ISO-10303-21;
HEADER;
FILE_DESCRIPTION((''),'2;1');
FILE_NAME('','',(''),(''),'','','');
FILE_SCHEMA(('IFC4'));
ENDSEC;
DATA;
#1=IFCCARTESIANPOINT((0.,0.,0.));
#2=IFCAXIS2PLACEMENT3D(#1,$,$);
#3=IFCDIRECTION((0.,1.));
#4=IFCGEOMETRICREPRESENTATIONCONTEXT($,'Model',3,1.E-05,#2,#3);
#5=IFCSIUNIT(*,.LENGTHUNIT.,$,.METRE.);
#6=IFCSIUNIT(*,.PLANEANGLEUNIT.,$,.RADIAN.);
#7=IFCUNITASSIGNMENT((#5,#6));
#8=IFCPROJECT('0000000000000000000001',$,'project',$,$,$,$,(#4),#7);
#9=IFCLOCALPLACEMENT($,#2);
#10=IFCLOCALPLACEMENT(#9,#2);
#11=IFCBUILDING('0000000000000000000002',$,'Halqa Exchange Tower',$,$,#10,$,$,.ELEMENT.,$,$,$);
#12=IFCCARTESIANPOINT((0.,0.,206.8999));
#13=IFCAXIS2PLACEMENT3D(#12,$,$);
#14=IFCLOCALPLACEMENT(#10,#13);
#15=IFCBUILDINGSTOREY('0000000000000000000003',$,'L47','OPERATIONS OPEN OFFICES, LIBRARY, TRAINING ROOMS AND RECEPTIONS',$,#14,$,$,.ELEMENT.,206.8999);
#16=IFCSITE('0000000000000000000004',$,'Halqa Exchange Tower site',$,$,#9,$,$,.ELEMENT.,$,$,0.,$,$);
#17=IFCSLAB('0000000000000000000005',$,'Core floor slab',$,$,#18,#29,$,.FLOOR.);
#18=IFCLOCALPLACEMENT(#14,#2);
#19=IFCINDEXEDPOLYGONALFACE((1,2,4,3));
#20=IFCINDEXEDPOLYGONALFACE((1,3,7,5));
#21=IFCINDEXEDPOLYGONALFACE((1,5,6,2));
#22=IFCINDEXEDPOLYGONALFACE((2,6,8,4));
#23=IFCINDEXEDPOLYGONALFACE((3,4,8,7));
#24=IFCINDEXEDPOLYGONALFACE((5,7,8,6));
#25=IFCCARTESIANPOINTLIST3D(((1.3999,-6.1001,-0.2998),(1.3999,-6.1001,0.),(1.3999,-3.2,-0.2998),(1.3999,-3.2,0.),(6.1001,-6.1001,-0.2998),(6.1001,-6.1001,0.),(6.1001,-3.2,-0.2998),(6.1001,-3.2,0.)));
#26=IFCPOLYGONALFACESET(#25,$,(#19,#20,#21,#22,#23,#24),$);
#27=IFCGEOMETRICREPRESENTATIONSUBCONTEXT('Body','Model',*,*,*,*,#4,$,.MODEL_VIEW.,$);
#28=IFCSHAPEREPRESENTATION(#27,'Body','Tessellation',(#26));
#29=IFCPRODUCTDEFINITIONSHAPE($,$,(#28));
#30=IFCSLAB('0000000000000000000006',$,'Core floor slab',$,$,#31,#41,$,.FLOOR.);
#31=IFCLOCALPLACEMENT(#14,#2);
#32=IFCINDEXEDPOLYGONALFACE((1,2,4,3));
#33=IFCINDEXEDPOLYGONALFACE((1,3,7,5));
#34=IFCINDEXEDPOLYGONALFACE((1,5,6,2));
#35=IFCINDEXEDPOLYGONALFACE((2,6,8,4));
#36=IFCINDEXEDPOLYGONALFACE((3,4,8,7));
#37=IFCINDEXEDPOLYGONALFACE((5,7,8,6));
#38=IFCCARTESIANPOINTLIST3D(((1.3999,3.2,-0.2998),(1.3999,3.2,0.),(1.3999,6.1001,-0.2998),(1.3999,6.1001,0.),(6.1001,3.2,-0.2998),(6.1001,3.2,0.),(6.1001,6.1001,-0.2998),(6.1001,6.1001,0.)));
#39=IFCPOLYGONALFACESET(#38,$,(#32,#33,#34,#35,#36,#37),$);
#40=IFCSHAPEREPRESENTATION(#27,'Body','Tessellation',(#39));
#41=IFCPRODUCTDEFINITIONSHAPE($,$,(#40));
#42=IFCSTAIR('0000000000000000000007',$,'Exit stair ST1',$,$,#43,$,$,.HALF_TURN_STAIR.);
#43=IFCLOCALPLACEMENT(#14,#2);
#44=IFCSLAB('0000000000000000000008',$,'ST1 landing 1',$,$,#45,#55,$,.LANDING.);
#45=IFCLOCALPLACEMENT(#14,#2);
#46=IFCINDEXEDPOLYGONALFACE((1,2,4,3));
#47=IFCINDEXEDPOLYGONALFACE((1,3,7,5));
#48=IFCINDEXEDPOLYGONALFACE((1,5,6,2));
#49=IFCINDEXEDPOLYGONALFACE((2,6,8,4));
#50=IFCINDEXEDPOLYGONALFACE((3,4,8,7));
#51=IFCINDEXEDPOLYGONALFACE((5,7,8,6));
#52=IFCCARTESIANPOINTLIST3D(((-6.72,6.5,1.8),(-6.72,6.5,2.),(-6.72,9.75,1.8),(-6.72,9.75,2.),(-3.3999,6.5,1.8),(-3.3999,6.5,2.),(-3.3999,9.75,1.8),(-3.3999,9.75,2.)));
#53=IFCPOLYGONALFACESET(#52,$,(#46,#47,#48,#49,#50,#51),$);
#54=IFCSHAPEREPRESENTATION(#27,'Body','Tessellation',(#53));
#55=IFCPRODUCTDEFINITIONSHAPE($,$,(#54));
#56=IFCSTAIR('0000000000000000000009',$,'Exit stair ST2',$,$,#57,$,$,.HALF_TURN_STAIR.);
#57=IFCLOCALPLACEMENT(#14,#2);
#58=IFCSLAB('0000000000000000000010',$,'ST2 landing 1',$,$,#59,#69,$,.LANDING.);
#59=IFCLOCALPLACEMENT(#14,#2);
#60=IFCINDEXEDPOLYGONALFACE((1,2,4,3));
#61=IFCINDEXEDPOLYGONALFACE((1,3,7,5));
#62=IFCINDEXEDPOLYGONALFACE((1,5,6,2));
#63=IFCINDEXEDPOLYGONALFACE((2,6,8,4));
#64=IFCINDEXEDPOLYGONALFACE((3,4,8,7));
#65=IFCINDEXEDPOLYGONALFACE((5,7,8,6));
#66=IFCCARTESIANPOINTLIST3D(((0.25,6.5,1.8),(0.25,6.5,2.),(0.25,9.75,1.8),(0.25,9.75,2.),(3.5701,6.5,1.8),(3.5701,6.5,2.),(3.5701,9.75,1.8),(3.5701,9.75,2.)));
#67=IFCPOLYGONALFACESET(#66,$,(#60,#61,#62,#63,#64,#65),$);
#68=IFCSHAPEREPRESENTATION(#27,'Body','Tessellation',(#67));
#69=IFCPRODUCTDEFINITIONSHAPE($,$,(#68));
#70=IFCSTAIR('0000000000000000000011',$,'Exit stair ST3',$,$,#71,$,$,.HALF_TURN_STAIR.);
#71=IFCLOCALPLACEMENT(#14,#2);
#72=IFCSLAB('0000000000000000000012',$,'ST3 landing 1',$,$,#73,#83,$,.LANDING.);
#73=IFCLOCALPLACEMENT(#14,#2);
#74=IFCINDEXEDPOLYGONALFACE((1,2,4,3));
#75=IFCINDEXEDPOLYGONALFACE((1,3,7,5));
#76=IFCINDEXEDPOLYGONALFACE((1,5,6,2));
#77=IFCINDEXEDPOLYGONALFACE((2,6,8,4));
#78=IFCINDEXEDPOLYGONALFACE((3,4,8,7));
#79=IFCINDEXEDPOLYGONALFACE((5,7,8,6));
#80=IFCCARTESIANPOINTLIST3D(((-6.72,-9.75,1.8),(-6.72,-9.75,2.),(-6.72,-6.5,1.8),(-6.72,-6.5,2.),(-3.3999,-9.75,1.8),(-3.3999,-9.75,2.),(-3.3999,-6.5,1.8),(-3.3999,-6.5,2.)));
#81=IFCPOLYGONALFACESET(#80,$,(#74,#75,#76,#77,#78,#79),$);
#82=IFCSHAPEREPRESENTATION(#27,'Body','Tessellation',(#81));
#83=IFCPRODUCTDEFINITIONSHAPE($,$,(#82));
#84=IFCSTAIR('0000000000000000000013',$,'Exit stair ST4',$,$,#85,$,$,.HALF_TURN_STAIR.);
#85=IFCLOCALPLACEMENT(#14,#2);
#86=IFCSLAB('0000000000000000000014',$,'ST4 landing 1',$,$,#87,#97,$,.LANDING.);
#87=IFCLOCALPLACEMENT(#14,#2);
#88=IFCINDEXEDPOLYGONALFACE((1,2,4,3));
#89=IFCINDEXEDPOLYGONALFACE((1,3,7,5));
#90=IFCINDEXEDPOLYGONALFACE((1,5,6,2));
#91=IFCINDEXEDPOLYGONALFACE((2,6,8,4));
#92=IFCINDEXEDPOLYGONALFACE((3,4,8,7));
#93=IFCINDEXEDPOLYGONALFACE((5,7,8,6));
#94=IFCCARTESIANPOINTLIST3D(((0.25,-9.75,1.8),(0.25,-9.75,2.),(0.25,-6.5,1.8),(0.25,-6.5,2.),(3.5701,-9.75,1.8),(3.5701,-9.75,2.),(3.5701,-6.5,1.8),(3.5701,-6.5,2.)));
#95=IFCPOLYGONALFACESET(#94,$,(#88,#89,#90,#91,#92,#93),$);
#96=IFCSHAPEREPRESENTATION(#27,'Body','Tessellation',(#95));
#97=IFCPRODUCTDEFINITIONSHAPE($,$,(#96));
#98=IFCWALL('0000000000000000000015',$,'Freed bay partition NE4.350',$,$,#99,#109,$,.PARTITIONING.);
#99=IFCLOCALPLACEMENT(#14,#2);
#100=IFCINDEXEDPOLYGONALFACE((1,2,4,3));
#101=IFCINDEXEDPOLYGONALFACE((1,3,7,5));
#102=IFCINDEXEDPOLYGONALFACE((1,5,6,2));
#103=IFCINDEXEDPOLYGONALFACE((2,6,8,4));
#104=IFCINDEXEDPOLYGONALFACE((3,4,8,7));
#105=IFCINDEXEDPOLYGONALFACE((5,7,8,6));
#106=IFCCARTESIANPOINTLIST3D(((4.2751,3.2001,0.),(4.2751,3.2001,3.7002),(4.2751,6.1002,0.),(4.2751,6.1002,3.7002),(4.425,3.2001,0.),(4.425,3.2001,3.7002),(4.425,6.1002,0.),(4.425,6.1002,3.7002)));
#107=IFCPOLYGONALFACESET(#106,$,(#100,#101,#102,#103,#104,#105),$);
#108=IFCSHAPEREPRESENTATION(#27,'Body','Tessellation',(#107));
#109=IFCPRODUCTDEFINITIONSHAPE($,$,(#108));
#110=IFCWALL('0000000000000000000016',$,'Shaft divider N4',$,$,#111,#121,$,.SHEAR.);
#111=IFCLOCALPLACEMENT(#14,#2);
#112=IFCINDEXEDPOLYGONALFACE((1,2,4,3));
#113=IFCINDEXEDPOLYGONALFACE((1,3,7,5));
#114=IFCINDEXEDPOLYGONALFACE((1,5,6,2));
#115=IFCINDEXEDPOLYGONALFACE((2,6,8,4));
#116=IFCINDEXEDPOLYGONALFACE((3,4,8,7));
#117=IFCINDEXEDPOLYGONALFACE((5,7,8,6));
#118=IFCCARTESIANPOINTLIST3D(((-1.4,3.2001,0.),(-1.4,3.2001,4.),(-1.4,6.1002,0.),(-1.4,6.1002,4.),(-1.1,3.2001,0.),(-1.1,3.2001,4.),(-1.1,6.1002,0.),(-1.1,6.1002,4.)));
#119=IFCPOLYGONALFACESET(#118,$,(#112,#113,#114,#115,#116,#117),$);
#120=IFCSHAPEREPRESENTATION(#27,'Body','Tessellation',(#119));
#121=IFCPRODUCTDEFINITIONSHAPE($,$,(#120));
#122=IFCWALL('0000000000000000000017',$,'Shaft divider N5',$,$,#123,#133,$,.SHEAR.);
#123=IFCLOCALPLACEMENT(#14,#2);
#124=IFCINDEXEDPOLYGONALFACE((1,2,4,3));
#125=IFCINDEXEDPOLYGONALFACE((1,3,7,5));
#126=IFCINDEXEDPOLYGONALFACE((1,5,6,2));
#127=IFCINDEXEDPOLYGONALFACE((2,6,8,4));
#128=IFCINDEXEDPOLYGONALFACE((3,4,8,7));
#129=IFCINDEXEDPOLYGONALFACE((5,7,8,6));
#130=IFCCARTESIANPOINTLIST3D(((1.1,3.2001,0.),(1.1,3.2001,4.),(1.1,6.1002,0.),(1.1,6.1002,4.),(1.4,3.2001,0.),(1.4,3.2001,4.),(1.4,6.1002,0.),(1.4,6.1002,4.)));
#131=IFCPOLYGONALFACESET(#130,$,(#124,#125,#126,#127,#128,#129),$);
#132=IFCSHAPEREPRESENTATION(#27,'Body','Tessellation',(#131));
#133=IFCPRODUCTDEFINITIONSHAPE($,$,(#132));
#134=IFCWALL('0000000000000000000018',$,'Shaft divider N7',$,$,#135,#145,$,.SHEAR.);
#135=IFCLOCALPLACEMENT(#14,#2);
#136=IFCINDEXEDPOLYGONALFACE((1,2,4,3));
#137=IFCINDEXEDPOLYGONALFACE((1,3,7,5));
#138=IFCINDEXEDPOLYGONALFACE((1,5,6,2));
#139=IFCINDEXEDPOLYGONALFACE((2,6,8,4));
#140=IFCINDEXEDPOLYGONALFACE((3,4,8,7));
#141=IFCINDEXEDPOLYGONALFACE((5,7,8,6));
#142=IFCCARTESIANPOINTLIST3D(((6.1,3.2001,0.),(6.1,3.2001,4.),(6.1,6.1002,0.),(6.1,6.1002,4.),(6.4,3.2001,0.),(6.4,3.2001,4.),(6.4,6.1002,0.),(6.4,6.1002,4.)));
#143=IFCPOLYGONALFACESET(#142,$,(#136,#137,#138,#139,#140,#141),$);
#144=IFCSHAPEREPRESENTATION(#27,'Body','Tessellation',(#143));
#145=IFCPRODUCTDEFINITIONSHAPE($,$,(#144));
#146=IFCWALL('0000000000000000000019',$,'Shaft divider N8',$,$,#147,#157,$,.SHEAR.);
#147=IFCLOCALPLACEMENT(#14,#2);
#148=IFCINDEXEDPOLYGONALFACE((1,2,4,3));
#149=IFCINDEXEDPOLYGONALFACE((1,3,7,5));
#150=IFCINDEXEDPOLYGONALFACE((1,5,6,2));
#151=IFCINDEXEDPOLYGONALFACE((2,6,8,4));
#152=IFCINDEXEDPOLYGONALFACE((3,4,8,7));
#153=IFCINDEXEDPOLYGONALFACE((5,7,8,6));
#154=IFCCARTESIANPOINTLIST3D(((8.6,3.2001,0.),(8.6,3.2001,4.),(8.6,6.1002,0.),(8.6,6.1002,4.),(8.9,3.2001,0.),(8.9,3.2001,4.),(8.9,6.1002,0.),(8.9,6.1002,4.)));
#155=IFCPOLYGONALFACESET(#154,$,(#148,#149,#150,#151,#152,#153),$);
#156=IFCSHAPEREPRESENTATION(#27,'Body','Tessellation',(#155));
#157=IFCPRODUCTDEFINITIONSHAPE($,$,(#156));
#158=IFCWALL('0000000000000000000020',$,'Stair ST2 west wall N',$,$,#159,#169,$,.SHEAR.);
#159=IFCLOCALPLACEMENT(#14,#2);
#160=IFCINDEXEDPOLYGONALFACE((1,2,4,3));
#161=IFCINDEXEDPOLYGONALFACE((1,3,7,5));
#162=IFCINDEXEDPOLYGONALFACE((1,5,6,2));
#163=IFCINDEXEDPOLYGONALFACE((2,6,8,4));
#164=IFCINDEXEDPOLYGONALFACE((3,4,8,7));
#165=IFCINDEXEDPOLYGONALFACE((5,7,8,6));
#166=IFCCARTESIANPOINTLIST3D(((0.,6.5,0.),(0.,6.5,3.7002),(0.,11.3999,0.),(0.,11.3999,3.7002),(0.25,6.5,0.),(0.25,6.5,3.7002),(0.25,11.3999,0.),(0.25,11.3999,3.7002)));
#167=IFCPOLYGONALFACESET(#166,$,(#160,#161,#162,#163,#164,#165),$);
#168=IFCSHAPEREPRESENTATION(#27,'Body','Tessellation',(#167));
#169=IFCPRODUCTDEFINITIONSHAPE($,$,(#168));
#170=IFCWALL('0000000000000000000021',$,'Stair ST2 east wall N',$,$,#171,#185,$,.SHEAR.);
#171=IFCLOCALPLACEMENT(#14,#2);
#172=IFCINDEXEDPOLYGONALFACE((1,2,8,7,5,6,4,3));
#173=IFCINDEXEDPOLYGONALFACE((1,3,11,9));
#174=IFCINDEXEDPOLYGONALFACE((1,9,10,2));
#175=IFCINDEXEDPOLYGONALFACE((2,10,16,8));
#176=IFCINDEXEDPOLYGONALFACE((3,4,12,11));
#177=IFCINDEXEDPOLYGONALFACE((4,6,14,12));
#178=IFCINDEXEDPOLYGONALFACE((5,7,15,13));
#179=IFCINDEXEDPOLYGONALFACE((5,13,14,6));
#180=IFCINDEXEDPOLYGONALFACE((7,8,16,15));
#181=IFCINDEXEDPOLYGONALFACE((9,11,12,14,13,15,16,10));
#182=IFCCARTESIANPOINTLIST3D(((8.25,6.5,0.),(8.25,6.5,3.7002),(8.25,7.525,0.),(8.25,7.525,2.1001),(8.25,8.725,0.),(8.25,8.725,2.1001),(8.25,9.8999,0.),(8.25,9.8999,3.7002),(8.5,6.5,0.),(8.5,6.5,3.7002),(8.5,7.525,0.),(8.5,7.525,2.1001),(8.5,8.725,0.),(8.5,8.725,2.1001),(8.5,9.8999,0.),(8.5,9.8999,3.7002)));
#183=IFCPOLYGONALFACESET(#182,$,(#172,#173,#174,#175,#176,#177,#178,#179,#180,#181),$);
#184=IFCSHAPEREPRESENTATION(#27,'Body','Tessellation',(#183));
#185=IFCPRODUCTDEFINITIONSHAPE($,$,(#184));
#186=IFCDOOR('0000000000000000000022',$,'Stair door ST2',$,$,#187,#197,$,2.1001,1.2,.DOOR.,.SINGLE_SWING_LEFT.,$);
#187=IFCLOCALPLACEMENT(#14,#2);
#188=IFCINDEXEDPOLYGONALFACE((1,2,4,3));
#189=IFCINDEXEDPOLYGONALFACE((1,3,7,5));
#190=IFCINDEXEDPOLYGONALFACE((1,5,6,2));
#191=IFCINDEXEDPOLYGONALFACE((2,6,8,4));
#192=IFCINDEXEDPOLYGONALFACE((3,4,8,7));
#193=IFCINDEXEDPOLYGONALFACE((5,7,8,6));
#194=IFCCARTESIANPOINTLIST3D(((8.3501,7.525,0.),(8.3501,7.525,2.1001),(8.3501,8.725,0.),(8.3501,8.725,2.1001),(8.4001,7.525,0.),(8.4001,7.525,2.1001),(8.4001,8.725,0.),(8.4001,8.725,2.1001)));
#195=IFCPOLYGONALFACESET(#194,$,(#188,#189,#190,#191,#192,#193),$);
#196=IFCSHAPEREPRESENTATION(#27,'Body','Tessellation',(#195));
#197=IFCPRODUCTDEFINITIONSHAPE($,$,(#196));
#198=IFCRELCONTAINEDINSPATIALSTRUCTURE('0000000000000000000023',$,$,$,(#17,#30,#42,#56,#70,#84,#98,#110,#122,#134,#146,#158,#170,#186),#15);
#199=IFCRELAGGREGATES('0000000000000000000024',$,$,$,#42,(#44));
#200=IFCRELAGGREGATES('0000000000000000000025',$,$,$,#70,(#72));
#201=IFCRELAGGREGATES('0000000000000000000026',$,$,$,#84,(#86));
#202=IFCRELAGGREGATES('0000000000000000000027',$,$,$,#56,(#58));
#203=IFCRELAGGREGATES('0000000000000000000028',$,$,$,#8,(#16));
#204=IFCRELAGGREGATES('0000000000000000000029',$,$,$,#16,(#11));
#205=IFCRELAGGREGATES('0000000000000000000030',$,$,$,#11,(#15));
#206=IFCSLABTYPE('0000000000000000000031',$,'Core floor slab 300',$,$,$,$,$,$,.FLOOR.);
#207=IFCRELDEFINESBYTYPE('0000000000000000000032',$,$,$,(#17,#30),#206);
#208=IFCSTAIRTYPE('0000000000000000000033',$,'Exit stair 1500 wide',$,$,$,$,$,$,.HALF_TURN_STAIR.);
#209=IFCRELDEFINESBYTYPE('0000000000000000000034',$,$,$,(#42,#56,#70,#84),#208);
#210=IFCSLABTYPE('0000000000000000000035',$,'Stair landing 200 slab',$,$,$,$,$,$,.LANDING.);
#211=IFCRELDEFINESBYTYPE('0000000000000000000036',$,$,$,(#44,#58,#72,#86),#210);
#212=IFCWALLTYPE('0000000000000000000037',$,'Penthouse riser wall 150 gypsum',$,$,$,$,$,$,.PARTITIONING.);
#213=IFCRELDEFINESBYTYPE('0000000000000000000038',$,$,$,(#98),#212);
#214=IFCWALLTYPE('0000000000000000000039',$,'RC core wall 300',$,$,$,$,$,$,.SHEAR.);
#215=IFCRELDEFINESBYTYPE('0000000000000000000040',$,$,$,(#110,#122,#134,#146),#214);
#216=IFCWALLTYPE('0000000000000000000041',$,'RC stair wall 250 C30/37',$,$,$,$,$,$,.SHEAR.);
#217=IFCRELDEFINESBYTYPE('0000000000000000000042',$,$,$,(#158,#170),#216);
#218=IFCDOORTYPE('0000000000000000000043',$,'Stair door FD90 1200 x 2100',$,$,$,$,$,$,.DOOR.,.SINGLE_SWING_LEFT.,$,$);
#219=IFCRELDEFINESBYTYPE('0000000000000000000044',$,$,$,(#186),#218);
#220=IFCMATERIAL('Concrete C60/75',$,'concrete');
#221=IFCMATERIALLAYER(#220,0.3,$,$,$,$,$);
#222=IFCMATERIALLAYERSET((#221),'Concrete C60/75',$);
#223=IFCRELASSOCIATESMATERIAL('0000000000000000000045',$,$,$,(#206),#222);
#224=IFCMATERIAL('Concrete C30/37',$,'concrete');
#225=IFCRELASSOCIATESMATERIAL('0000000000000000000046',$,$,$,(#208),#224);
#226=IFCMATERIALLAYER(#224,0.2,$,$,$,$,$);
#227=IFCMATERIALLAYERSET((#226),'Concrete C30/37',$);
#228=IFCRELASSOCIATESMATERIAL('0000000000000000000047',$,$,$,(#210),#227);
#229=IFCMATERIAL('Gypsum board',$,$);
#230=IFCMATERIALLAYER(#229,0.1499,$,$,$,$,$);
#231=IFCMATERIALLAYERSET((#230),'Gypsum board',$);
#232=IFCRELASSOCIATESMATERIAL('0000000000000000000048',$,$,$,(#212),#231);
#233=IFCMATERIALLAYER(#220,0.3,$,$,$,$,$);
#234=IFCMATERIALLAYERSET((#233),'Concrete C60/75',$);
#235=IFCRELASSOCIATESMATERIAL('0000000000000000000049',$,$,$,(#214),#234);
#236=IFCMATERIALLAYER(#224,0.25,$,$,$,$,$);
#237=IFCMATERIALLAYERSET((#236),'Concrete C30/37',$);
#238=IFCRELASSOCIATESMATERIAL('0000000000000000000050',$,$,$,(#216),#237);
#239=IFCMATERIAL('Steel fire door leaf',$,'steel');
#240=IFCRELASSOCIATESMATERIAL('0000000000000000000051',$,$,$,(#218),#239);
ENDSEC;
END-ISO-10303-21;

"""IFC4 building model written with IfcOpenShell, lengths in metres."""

from ifc_helpers import new_model, si_unit, direction, frame, frame_2d, origin, place, context, subcontext, project, spatial, polyline, rectangle, outline, extrude, material, layer, layer_set, type_object, element, fill, aggregate, save


model = new_model("IFC4")

# Units and contexts
model_context = context("Model", 3, precision=1e-05, world=origin(), true_north=direction((0.0, 1.0)))
body_context = subcontext(model_context, "Body", "Model", "MODEL_VIEW")
ifc_project = project(units=[si_unit("LENGTHUNIT", "METRE"), si_unit("PLANEANGLEUNIT", "RADIAN")], contexts=[model_context])

# Site, building, storey
site_placement = place(None, origin())
site = spatial("IfcSite", under=ifc_project, at=site_placement, Name="Halqa Exchange Tower site", CompositionType="ELEMENT", RefElevation=0.0)
building_placement = place(site_placement, origin())
building = spatial("IfcBuilding", under=site, at=building_placement, Name="Halqa Exchange Tower", CompositionType="ELEMENT")
storey_placement = place(building_placement, frame((0.0, 0.0, 206.8999)))
storey = spatial("IfcBuildingStorey", under=building, at=storey_placement, Name="L47", Description="OPERATIONS OPEN OFFICES, LIBRARY, TRAINING ROOMS AND RECEPTIONS", CompositionType="ELEMENT", Elevation=206.8999)

# Slabs
ifc_material_1 = material(Name="Concrete C60/75", Category="concrete")
ifc_layer_1 = layer(ifc_material_1, 0.3)
ifc_layer_set_1 = layer_set([ifc_layer_1], Name="Concrete C60/75")
slab_type_1 = type_object("IfcSlabType", Name="Core floor slab 300", PredefinedType="FLOOR", material=ifc_layer_set_1)
slab_1_placement = place(storey_placement, frame((0.0, 0.0, -0.2998)))
element("IfcSlab", 1, at=slab_1_placement, inside=storey, type_object=slab_type_1, Name="Core floor slab", PredefinedType="FLOOR", context=body_context, shape_type="SweptSolid", body=[
    extrude(outline(polyline([(6.1001, -3.2), (6.1001, -6.1001), (1.3999, -6.1001), (1.3999, -3.2), (6.1001, -3.2)])), origin(), (0.0, 0.0, 1.0), 0.2998),
])
slab_2_placement = place(storey_placement, frame((0.0, 0.0, -0.2998)))
element("IfcSlab", 2, at=slab_2_placement, inside=storey, type_object=slab_type_1, Name="Core floor slab", PredefinedType="FLOOR", context=body_context, shape_type="SweptSolid", body=[
    extrude(outline(polyline([(6.1001, 6.1001), (6.1001, 3.2), (1.3999, 3.2), (1.3999, 6.1001), (6.1001, 6.1001)])), origin(), (0.0, 0.0, 1.0), 0.2998),
])

# Stairs, slabs
ifc_material_2 = material(Name="Concrete C30/37", Category="concrete")
stair_type = type_object("IfcStairType", Name="Exit stair 1500 wide", PredefinedType="HALF_TURN_STAIR", material=ifc_material_2)
stair_1_placement = place(storey_placement, origin())
stair_1 = element("IfcStair", 3, at=stair_1_placement, inside=storey, type_object=stair_type, Name="Exit stair ST1", PredefinedType="HALF_TURN_STAIR")
ifc_layer_2 = layer(ifc_material_2, 0.2)
ifc_layer_set_2 = layer_set([ifc_layer_2], Name="Concrete C30/37")
slab_type_2 = type_object("IfcSlabType", Name="Stair landing 200 slab", PredefinedType="LANDING", material=ifc_layer_set_2)
slab_3_placement = place(storey_placement, frame((0.0, 0.0, 1.8)))
slab_3 = element("IfcSlab", 4, at=slab_3_placement, type_object=slab_type_2, Name="ST1 landing 1", PredefinedType="LANDING", context=body_context, shape_type="SweptSolid", body=[
    extrude(outline(polyline([(-6.72, 6.5), (-3.3999, 6.5), (-3.3999, 9.75), (-6.72, 9.75), (-6.72, 6.5)])), origin(), (0.0, 0.0, 1.0), 0.2),
])
aggregate(stair_1, [slab_3])
stair_2_placement = place(storey_placement, origin())
stair_2 = element("IfcStair", 5, at=stair_2_placement, inside=storey, type_object=stair_type, Name="Exit stair ST2", PredefinedType="HALF_TURN_STAIR")
slab_4_placement = place(storey_placement, frame((0.0, 0.0, 1.8)))
slab_4 = element("IfcSlab", 6, at=slab_4_placement, type_object=slab_type_2, Name="ST2 landing 1", PredefinedType="LANDING", context=body_context, shape_type="SweptSolid", body=[
    extrude(outline(polyline([(0.25, 6.5), (3.5701, 6.5), (3.5701, 9.75), (0.25, 9.75), (0.25, 6.5)])), origin(), (0.0, 0.0, 1.0), 0.2),
])
stair_3_placement = place(storey_placement, origin())
stair_3 = element("IfcStair", 7, at=stair_3_placement, inside=storey, type_object=stair_type, Name="Exit stair ST3", PredefinedType="HALF_TURN_STAIR")
slab_5_placement = place(storey_placement, frame((0.0, 0.0, 1.8)))
slab_5 = element("IfcSlab", 8, at=slab_5_placement, type_object=slab_type_2, Name="ST3 landing 1", PredefinedType="LANDING", context=body_context, shape_type="SweptSolid", body=[
    extrude(outline(polyline([(-6.72, -9.75), (-3.3999, -9.75), (-3.3999, -6.5), (-6.72, -6.5), (-6.72, -9.75)])), origin(), (0.0, 0.0, 1.0), 0.2),
])
aggregate(stair_3, [slab_5])
stair_4_placement = place(storey_placement, origin())
stair_4 = element("IfcStair", 9, at=stair_4_placement, inside=storey, type_object=stair_type, Name="Exit stair ST4", PredefinedType="HALF_TURN_STAIR")
slab_6_placement = place(storey_placement, frame((0.0, 0.0, 1.8)))
slab_6 = element("IfcSlab", 10, at=slab_6_placement, type_object=slab_type_2, Name="ST4 landing 1", PredefinedType="LANDING", context=body_context, shape_type="SweptSolid", body=[
    extrude(outline(polyline([(0.25, -9.75), (3.5701, -9.75), (3.5701, -6.5), (0.25, -6.5), (0.25, -9.75)])), origin(), (0.0, 0.0, 1.0), 0.2),
])
aggregate(stair_4, [slab_6])

# Walls
ifc_material_3 = material(Name="Gypsum board")
ifc_layer_3 = layer(ifc_material_3, 0.1499)
ifc_layer_set_3 = layer_set([ifc_layer_3], Name="Gypsum board")
wall_type_1 = type_object("IfcWallType", Name="Penthouse riser wall 150 gypsum", PredefinedType="PARTITIONING", material=ifc_layer_set_3)
wall_1_placement = place(storey_placement, frame((4.3501, 3.2, 0.0), z_axis=(0.0, 0.0, 1.0), x_axis=(0.0, 1.0, 0.0)))
element("IfcWall", 11, at=wall_1_placement, inside=storey, type_object=wall_type_1, Name="Freed bay partition NE4.350", PredefinedType="PARTITIONING", context=body_context, shape_type="SweptSolid", body=[
    extrude(rectangle(XDim=2.9001, YDim=0.1499, at=frame_2d((1.4502, 0.0))), origin(), (0.0, 0.0, 1.0), 3.7002),
])
ifc_layer_4 = layer(ifc_material_1, 0.3)
ifc_layer_set_4 = layer_set([ifc_layer_4], Name="Concrete C60/75")
wall_type_2 = type_object("IfcWallType", Name="RC core wall 300", PredefinedType="SHEAR", material=ifc_layer_set_4)
for number, where, z_axis, x_axis, name in (
    (12, (-1.25, 3.2, 0.0), (0.0, 0.0, 1.0), (0.0, 1.0, 0.0), "Shaft divider N4"),
    (13, (1.25, 3.2, 0.0), (0.0, 0.0, 1.0), (0.0, 1.0, 0.0), "Shaft divider N5"),
    (14, (6.25, 3.2, 0.0), (0.0, 0.0, 1.0), (0.0, 1.0, 0.0), "Shaft divider N7"),
    (15, (8.75, 3.2, 0.0), (0.0, 0.0, 1.0), (0.0, 1.0, 0.0), "Shaft divider N8"),
):
    element("IfcWall", number, at=place(storey_placement, frame(where, z_axis=z_axis, x_axis=x_axis)), inside=storey, type_object=wall_type_2, Name=name, PredefinedType="SHEAR", context=body_context, shape_type="SweptSolid", body=[
        extrude(rectangle(XDim=2.9001, YDim=0.3, at=frame_2d((1.4502, 0.0))), origin(), (0.0, 0.0, 1.0), 4.0),
    ])
ifc_layer_5 = layer(ifc_material_2, 0.25)
ifc_layer_set_5 = layer_set([ifc_layer_5], Name="Concrete C30/37")
wall_type_3 = type_object("IfcWallType", Name="RC stair wall 250 C30/37", PredefinedType="SHEAR", material=ifc_layer_set_5)
wall_2_placement = place(storey_placement, frame((0.125, 6.5, 0.0), z_axis=(0.0, 0.0, 1.0), x_axis=(0.0, 1.0, 0.0)))
element("IfcWall", 16, at=wall_2_placement, inside=storey, type_object=wall_type_3, Name="Stair ST2 west wall N", PredefinedType="SHEAR", context=body_context, shape_type="SweptSolid", body=[
    extrude(rectangle(XDim=4.8999, YDim=0.25, at=frame_2d((2.45, 0.0))), origin(), (0.0, 0.0, 1.0), 3.7002),
])

# Wall, opening, door
wall_3_placement = place(storey_placement, frame((8.375, 6.5, 0.0), z_axis=(0.0, 0.0, 1.0), x_axis=(0.0, 1.0, 0.0)))
wall_3 = element("IfcWall", 17, at=wall_3_placement, inside=storey, type_object=wall_type_3, Name="Stair ST2 east wall N", PredefinedType="SHEAR", context=body_context, shape_type="SweptSolid", body=[
    extrude(rectangle(XDim=3.3999, YDim=0.25, at=frame_2d((1.7, 0.0))), origin(), (0.0, 0.0, 1.0), 3.7002),
])
opening_placement = place(wall_3_placement, frame((1.0249, 0.0, 0.0)))
opening = element("IfcOpeningElement", 18, at=opening_placement, cuts=wall_3, PredefinedType="OPENING", context=body_context, shape_type="SweptSolid", body=[
    extrude(rectangle(XDim=1.2, YDim=2.1001, at=frame_2d((0.6001, 1.05))), frame((0.0, 0.137, 0.0), z_axis=(0.0, -1.0, 0.0), x_axis=(1.0, 0.0, 0.0)), (0.0, 0.0, 1.0), 0.2739),
])
ifc_material_4 = material(Name="Steel fire door leaf", Category="steel")
door_type = type_object("IfcDoorType", Name="Stair door FD90 1200 x 2100", OperationType="SINGLE_SWING_LEFT", PredefinedType="DOOR", material=ifc_material_4)
door_placement = place(opening_placement, origin())
door = element("IfcDoor", 19, at=door_placement, inside=storey, type_object=door_type, Name="Stair door ST2", OperationType="SINGLE_SWING_LEFT", OverallHeight=2.1001, OverallWidth=1.2, PredefinedType="DOOR", context=body_context, shape_type="SweptSolid", body=[
    extrude(rectangle(XDim=1.2, YDim=2.1001, at=frame_2d((0.6001, 1.05))), frame((0.0, 0.0249, 0.0), z_axis=(0.0, -1.0, 0.0), x_axis=(1.0, 0.0, 0.0)), (0.0, 0.0, 1.0), 0.05),
])
fill(opening, door)

aggregate(stair_2, [slab_4])

save(model, "model.ifc")
